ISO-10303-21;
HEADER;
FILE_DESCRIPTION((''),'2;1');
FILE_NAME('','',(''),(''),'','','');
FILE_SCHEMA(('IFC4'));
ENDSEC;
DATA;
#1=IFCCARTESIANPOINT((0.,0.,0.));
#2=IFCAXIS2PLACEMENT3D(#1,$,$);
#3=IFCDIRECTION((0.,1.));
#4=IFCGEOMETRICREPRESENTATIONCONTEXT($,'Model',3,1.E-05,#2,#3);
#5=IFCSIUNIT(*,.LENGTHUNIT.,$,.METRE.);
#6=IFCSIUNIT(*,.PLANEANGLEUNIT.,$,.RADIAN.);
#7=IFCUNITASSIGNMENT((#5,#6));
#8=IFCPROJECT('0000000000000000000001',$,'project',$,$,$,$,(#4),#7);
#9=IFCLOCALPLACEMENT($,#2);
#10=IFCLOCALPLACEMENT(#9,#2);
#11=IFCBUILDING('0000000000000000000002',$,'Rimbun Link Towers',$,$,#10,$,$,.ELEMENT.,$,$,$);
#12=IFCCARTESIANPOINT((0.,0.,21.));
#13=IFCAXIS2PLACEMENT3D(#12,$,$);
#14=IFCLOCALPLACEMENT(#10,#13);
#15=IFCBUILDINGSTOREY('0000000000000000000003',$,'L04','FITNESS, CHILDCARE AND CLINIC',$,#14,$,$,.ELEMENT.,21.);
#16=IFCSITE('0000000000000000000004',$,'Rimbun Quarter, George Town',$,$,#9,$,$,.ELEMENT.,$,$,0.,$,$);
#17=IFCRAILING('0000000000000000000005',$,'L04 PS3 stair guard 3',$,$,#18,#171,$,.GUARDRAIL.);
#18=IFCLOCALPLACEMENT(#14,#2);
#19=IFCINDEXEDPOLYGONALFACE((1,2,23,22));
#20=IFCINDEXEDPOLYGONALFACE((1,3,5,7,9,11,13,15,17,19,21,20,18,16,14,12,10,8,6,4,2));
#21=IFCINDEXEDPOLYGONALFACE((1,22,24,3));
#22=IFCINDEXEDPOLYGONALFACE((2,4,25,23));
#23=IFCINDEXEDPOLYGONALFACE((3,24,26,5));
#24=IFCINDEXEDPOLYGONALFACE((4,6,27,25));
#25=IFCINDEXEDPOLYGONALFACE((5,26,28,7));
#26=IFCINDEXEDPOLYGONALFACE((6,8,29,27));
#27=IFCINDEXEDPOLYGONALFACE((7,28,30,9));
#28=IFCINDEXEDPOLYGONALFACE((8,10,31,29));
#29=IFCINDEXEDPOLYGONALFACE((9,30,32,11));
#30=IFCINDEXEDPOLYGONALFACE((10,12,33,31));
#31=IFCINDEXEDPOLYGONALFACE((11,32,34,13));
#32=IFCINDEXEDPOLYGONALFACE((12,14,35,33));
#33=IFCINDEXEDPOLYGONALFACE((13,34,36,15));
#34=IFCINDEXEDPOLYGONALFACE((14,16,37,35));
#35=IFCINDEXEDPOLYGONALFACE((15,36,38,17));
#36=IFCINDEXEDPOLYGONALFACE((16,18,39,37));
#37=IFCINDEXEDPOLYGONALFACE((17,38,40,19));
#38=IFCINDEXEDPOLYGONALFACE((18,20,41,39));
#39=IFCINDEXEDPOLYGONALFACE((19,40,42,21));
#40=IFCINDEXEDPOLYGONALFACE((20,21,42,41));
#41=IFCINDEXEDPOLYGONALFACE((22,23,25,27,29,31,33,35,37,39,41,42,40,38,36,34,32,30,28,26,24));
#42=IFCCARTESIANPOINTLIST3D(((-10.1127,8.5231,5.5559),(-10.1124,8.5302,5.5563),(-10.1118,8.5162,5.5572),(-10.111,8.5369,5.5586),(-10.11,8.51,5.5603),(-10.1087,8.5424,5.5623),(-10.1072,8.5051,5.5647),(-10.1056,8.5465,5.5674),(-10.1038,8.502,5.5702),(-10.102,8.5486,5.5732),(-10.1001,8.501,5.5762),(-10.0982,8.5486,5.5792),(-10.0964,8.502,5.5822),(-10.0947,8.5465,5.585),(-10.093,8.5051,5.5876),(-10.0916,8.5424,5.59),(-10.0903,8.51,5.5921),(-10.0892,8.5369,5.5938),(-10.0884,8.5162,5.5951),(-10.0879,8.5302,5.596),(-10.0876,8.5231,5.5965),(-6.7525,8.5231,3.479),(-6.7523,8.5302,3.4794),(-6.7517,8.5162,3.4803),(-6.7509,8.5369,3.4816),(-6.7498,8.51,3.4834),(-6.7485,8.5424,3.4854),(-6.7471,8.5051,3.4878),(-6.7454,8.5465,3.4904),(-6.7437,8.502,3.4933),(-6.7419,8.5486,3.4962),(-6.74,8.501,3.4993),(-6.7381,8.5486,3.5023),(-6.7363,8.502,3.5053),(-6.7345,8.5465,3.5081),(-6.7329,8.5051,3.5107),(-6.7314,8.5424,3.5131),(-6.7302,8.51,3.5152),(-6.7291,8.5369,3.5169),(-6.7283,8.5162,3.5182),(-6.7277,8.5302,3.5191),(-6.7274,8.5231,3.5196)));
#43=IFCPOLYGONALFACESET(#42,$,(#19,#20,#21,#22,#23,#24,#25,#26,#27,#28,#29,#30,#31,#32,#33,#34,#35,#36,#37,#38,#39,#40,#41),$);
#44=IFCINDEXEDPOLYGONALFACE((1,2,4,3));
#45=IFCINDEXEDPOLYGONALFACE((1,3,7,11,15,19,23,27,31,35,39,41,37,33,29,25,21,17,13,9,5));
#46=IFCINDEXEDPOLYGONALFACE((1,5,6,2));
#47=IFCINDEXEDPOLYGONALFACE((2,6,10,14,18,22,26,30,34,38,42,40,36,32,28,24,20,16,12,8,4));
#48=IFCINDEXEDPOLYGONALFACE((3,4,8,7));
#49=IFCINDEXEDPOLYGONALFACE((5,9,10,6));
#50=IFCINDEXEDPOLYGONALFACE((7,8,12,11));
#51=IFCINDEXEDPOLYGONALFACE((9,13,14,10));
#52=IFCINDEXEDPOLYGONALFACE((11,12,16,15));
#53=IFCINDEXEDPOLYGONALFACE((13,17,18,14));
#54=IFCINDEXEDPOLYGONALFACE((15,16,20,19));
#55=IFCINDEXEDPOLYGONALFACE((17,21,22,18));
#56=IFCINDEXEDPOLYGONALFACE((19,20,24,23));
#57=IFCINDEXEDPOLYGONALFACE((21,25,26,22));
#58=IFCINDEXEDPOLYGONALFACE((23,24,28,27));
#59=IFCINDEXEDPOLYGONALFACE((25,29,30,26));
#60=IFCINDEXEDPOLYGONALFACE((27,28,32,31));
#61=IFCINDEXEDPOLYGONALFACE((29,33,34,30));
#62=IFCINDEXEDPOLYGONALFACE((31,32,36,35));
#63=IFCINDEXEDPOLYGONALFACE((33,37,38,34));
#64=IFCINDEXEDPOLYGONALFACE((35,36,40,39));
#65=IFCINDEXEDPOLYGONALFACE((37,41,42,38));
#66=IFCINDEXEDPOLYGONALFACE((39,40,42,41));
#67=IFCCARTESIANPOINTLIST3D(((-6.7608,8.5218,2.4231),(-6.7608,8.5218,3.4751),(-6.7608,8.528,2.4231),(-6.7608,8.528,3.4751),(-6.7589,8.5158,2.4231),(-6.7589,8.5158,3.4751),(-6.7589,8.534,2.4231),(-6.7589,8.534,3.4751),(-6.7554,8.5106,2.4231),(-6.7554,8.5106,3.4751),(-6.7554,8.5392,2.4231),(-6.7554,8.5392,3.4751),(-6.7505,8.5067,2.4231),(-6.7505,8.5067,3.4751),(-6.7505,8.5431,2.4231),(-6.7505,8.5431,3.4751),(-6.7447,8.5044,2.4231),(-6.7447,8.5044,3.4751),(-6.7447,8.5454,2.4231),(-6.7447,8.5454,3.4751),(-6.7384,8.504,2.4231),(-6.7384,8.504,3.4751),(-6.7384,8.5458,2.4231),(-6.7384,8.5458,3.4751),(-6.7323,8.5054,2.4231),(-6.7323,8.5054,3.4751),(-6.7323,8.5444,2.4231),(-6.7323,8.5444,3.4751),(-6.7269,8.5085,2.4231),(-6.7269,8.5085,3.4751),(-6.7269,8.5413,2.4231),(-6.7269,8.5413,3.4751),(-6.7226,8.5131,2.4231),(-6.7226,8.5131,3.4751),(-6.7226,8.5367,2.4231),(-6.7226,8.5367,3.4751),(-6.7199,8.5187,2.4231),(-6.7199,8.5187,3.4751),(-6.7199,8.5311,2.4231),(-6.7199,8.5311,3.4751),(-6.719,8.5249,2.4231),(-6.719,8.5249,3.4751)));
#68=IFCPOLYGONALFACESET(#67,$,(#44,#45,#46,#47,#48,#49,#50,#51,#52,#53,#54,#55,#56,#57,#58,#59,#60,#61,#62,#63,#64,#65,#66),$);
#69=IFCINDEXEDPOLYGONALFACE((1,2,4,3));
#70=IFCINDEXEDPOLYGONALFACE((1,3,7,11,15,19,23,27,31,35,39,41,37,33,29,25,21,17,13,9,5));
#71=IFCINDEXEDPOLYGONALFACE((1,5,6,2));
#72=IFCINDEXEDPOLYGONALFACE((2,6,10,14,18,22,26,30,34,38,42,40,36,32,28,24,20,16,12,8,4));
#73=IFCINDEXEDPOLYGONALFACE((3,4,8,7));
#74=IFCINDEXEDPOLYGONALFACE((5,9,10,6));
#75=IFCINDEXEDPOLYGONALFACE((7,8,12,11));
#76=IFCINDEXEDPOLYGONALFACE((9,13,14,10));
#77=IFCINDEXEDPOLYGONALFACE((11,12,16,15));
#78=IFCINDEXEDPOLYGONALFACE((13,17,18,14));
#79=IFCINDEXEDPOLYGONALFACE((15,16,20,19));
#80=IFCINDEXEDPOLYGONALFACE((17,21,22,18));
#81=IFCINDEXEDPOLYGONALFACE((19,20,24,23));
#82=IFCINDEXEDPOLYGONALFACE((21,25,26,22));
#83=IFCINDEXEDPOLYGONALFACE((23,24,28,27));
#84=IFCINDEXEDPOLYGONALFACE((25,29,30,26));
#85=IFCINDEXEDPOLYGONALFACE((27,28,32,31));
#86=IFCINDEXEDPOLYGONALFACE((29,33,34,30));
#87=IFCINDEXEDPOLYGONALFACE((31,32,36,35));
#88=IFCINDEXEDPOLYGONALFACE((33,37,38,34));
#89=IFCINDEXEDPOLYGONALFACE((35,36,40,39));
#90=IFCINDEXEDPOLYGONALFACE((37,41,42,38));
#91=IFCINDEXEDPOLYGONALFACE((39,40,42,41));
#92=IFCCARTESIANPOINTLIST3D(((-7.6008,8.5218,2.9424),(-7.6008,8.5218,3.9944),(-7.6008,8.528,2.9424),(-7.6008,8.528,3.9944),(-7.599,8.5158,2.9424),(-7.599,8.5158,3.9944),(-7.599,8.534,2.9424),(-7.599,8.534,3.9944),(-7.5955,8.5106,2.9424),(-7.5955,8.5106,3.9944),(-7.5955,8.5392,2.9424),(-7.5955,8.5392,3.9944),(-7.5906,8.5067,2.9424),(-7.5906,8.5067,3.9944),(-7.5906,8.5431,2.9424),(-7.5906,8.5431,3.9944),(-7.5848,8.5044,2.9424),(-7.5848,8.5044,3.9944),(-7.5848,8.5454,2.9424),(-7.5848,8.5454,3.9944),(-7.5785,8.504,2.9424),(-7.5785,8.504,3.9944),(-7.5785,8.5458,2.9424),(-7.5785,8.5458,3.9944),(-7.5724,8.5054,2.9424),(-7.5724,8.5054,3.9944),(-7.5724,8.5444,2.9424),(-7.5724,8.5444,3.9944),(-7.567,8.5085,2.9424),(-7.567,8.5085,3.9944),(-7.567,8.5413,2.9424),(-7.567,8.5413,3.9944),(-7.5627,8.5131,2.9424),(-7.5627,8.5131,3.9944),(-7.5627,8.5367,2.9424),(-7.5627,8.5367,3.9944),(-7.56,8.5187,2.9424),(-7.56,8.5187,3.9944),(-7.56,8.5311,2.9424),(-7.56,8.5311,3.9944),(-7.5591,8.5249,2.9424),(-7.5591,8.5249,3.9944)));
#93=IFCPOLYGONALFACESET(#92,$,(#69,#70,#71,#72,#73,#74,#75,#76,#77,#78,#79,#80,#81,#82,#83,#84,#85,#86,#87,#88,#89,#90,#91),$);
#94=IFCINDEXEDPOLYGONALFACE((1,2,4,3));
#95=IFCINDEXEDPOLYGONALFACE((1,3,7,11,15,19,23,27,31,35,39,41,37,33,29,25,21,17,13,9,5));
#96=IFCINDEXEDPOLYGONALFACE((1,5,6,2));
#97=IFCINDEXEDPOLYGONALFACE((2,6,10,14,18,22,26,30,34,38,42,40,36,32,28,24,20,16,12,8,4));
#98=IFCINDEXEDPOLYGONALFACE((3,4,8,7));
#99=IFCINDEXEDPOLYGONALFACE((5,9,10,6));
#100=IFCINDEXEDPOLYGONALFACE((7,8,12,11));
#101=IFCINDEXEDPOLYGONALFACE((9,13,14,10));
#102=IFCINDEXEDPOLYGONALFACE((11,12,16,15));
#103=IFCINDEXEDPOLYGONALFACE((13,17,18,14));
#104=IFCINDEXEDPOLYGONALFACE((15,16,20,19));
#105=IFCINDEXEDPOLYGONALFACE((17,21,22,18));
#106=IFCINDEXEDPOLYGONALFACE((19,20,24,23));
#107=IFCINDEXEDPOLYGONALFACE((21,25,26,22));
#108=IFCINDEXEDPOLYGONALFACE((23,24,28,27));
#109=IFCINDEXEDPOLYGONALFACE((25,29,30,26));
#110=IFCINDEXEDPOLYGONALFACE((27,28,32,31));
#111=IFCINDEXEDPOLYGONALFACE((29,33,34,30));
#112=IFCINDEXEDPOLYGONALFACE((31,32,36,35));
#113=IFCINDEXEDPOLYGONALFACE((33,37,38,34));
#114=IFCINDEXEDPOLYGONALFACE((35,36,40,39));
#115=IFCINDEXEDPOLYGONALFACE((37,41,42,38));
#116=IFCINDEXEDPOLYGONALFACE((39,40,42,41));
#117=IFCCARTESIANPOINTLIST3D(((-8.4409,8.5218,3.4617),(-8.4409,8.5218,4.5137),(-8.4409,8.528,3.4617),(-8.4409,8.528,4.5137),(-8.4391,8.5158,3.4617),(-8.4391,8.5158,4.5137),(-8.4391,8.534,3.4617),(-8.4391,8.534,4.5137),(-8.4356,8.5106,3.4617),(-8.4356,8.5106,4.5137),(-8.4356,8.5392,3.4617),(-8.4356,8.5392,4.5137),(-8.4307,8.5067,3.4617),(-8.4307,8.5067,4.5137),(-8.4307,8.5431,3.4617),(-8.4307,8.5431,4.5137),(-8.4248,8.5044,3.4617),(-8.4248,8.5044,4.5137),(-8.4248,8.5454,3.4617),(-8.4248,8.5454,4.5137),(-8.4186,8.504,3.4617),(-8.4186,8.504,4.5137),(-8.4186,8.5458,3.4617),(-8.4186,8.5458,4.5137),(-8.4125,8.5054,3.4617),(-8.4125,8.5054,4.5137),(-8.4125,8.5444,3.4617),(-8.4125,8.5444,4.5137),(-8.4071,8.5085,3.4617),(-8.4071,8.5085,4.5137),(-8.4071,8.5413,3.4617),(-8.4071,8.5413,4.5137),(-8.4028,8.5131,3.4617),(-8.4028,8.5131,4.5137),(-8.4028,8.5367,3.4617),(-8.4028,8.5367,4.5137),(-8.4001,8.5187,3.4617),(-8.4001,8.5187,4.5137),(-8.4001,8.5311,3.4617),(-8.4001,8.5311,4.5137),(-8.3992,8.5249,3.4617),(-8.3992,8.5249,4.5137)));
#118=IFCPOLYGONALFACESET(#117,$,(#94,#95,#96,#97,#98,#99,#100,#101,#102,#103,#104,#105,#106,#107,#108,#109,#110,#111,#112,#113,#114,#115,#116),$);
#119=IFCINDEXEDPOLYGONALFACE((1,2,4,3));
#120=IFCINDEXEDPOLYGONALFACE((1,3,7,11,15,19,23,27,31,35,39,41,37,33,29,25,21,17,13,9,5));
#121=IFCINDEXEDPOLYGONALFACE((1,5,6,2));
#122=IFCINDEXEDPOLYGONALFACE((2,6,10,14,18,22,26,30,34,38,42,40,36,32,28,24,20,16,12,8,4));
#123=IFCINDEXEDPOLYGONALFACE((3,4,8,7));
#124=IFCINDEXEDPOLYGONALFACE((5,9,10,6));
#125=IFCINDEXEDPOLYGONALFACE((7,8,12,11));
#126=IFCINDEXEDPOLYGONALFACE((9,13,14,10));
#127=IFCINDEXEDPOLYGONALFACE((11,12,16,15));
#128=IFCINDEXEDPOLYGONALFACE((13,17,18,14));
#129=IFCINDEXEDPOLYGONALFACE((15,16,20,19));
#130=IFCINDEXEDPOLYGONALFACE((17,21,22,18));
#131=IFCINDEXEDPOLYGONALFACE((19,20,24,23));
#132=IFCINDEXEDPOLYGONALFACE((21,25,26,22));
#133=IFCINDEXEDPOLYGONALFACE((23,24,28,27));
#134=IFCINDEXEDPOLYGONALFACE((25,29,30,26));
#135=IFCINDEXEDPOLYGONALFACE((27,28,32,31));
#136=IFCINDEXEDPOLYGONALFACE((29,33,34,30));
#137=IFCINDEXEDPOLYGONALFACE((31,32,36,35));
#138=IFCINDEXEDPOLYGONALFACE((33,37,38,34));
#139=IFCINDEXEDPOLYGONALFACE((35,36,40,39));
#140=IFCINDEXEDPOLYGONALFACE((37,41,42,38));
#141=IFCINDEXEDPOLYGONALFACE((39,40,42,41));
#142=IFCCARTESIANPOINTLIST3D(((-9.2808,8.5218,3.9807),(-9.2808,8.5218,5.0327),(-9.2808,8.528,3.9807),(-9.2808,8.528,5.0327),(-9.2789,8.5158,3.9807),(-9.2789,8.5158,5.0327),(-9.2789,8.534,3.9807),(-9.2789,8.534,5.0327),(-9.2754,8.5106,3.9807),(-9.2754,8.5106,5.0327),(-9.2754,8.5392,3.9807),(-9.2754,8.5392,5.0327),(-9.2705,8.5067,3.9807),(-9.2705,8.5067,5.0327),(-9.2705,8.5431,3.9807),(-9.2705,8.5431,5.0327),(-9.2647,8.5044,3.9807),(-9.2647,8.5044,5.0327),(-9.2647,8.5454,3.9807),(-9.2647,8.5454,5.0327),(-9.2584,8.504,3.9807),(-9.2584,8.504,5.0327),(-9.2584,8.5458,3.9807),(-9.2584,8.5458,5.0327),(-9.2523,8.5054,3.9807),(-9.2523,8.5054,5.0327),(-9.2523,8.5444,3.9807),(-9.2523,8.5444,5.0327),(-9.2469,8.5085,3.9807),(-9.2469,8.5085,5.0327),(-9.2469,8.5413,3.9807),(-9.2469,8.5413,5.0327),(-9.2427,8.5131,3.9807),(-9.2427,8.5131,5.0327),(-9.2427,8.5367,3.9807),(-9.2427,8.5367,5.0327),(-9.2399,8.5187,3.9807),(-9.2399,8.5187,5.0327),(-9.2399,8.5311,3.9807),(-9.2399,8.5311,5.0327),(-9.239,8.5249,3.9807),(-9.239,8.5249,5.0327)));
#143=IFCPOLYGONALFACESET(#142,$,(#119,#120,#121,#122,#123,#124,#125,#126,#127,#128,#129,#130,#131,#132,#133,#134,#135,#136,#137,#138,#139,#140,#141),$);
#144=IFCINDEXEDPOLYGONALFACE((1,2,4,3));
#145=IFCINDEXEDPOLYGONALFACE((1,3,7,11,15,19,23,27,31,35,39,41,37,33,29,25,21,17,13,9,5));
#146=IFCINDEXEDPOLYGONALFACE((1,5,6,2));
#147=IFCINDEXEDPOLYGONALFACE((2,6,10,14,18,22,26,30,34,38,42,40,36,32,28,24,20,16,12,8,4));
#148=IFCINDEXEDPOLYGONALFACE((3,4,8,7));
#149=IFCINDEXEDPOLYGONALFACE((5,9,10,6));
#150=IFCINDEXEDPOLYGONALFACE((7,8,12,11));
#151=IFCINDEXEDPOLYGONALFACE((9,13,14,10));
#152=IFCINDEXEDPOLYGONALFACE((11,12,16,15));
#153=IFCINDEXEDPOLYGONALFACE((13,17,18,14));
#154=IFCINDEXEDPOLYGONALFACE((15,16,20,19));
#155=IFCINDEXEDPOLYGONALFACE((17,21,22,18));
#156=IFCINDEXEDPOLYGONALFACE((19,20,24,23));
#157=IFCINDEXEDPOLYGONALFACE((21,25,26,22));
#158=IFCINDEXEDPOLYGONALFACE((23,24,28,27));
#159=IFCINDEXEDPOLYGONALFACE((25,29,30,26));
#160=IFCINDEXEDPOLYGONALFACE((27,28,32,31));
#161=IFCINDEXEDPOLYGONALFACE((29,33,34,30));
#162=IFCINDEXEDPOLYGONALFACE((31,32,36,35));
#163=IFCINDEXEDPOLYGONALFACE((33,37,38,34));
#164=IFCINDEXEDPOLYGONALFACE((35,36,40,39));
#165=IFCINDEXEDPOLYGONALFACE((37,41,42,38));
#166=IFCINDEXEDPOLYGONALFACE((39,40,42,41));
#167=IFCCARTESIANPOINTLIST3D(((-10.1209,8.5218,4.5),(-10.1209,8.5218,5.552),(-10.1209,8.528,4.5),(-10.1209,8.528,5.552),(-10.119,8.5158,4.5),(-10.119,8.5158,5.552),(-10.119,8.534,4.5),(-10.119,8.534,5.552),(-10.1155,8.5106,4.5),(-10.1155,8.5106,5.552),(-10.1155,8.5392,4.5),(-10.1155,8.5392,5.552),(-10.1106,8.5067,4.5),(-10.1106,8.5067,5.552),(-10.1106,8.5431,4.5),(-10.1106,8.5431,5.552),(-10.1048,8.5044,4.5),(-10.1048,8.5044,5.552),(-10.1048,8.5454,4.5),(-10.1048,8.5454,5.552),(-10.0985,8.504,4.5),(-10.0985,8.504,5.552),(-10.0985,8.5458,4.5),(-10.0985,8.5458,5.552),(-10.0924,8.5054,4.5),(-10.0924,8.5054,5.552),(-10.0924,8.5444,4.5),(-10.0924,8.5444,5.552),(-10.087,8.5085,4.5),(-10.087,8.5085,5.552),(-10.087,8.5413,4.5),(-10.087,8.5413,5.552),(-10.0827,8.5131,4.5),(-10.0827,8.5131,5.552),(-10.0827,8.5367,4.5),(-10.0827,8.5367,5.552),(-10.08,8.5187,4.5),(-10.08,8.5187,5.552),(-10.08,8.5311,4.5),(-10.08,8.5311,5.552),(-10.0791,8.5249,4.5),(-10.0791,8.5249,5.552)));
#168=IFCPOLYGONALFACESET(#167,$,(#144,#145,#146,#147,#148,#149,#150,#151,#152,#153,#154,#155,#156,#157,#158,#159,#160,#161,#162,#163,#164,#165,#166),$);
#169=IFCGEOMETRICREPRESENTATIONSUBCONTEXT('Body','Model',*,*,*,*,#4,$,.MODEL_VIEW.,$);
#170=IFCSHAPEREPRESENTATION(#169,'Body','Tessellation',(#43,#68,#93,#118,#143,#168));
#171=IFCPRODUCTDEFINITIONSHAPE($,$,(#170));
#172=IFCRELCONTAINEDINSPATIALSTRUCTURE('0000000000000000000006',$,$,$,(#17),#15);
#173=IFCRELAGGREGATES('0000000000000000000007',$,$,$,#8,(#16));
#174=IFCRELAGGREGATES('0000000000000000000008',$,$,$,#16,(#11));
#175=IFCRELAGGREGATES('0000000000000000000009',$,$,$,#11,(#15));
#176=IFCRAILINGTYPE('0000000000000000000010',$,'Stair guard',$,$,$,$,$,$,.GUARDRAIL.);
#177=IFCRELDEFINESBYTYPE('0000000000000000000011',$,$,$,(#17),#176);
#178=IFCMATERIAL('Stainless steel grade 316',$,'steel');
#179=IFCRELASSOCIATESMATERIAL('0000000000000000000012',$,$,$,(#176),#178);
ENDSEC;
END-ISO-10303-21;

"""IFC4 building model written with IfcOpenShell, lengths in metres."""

from ifc_helpers import new_model, si_unit, direction, frame, origin, origin_2d, place, context, subcontext, project, spatial, circle, extrude, material, type_object, element, save


model = new_model("IFC4")

# Units and contexts
model_context = context("Model", 3, precision=1e-05, world=origin(), true_north=direction((0.0, 1.0)))
body_context = subcontext(model_context, "Body", "Model", "MODEL_VIEW")
ifc_project = project(units=[si_unit("LENGTHUNIT", "METRE"), si_unit("PLANEANGLEUNIT", "RADIAN")], contexts=[model_context])

# Site, building, storey
site_placement = place(None, origin())
site = spatial("IfcSite", under=ifc_project, at=site_placement, Name="Rimbun Quarter, George Town", CompositionType="ELEMENT", RefElevation=0.0)
building_placement = place(site_placement, origin())
building = spatial("IfcBuilding", under=site, at=building_placement, Name="Rimbun Link Towers", CompositionType="ELEMENT")
storey_placement = place(building_placement, frame((0.0, 0.0, 21.0)))
storey = spatial("IfcBuildingStorey", under=building, at=storey_placement, Name="L04", Description="FITNESS, CHILDCARE AND CLINIC", CompositionType="ELEMENT", Elevation=21.0)

# Railing
ifc_material_1 = material(Name="Stainless steel grade 316", Category="steel")
railing_type_1 = type_object("IfcRailingType", Name="Stair guard", PredefinedType="GUARDRAIL", material=ifc_material_1)
railing_1_placement = place(storey_placement, frame((-6.74, 8.5249, 2.4231)))
element("IfcRailing", 1, at=railing_1_placement, inside=storey, type_object=railing_type_1, Name="L04 PS3 stair guard 3", PredefinedType="GUARDRAIL", context=body_context, shape_type="SweptSolid", body=[
    extrude(circle(Radius=0.0239, at=origin_2d()), frame((0.0, 0.0, 1.0762), z_axis=(-0.850623, 0.0, 0.525776), x_axis=(0.0, -1.0, 0.0)), (0.0, 0.0, 1.0), 3.9502),
    extrude(circle(Radius=0.021, at=origin_2d()), origin(), (0.0, 0.0, 1.0), 1.052),
    extrude(circle(Radius=0.021, at=origin_2d()), frame((-0.8401, 0.0, 0.5193)), (0.0, 0.0, 1.0), 1.052),
    extrude(circle(Radius=0.021, at=origin_2d()), frame((-1.6802, 0.0, 1.0386)), (0.0, 0.0, 1.0), 1.052),
    extrude(circle(Radius=0.021, at=origin_2d()), frame((-2.52, 0.0, 1.5576)), (0.0, 0.0, 1.0), 1.052),
    extrude(circle(Radius=0.021, at=origin_2d()), frame((-3.3601, 0.0, 2.0769)), (0.0, 0.0, 1.0), 1.052),
])

save(model, "model.ifc")
